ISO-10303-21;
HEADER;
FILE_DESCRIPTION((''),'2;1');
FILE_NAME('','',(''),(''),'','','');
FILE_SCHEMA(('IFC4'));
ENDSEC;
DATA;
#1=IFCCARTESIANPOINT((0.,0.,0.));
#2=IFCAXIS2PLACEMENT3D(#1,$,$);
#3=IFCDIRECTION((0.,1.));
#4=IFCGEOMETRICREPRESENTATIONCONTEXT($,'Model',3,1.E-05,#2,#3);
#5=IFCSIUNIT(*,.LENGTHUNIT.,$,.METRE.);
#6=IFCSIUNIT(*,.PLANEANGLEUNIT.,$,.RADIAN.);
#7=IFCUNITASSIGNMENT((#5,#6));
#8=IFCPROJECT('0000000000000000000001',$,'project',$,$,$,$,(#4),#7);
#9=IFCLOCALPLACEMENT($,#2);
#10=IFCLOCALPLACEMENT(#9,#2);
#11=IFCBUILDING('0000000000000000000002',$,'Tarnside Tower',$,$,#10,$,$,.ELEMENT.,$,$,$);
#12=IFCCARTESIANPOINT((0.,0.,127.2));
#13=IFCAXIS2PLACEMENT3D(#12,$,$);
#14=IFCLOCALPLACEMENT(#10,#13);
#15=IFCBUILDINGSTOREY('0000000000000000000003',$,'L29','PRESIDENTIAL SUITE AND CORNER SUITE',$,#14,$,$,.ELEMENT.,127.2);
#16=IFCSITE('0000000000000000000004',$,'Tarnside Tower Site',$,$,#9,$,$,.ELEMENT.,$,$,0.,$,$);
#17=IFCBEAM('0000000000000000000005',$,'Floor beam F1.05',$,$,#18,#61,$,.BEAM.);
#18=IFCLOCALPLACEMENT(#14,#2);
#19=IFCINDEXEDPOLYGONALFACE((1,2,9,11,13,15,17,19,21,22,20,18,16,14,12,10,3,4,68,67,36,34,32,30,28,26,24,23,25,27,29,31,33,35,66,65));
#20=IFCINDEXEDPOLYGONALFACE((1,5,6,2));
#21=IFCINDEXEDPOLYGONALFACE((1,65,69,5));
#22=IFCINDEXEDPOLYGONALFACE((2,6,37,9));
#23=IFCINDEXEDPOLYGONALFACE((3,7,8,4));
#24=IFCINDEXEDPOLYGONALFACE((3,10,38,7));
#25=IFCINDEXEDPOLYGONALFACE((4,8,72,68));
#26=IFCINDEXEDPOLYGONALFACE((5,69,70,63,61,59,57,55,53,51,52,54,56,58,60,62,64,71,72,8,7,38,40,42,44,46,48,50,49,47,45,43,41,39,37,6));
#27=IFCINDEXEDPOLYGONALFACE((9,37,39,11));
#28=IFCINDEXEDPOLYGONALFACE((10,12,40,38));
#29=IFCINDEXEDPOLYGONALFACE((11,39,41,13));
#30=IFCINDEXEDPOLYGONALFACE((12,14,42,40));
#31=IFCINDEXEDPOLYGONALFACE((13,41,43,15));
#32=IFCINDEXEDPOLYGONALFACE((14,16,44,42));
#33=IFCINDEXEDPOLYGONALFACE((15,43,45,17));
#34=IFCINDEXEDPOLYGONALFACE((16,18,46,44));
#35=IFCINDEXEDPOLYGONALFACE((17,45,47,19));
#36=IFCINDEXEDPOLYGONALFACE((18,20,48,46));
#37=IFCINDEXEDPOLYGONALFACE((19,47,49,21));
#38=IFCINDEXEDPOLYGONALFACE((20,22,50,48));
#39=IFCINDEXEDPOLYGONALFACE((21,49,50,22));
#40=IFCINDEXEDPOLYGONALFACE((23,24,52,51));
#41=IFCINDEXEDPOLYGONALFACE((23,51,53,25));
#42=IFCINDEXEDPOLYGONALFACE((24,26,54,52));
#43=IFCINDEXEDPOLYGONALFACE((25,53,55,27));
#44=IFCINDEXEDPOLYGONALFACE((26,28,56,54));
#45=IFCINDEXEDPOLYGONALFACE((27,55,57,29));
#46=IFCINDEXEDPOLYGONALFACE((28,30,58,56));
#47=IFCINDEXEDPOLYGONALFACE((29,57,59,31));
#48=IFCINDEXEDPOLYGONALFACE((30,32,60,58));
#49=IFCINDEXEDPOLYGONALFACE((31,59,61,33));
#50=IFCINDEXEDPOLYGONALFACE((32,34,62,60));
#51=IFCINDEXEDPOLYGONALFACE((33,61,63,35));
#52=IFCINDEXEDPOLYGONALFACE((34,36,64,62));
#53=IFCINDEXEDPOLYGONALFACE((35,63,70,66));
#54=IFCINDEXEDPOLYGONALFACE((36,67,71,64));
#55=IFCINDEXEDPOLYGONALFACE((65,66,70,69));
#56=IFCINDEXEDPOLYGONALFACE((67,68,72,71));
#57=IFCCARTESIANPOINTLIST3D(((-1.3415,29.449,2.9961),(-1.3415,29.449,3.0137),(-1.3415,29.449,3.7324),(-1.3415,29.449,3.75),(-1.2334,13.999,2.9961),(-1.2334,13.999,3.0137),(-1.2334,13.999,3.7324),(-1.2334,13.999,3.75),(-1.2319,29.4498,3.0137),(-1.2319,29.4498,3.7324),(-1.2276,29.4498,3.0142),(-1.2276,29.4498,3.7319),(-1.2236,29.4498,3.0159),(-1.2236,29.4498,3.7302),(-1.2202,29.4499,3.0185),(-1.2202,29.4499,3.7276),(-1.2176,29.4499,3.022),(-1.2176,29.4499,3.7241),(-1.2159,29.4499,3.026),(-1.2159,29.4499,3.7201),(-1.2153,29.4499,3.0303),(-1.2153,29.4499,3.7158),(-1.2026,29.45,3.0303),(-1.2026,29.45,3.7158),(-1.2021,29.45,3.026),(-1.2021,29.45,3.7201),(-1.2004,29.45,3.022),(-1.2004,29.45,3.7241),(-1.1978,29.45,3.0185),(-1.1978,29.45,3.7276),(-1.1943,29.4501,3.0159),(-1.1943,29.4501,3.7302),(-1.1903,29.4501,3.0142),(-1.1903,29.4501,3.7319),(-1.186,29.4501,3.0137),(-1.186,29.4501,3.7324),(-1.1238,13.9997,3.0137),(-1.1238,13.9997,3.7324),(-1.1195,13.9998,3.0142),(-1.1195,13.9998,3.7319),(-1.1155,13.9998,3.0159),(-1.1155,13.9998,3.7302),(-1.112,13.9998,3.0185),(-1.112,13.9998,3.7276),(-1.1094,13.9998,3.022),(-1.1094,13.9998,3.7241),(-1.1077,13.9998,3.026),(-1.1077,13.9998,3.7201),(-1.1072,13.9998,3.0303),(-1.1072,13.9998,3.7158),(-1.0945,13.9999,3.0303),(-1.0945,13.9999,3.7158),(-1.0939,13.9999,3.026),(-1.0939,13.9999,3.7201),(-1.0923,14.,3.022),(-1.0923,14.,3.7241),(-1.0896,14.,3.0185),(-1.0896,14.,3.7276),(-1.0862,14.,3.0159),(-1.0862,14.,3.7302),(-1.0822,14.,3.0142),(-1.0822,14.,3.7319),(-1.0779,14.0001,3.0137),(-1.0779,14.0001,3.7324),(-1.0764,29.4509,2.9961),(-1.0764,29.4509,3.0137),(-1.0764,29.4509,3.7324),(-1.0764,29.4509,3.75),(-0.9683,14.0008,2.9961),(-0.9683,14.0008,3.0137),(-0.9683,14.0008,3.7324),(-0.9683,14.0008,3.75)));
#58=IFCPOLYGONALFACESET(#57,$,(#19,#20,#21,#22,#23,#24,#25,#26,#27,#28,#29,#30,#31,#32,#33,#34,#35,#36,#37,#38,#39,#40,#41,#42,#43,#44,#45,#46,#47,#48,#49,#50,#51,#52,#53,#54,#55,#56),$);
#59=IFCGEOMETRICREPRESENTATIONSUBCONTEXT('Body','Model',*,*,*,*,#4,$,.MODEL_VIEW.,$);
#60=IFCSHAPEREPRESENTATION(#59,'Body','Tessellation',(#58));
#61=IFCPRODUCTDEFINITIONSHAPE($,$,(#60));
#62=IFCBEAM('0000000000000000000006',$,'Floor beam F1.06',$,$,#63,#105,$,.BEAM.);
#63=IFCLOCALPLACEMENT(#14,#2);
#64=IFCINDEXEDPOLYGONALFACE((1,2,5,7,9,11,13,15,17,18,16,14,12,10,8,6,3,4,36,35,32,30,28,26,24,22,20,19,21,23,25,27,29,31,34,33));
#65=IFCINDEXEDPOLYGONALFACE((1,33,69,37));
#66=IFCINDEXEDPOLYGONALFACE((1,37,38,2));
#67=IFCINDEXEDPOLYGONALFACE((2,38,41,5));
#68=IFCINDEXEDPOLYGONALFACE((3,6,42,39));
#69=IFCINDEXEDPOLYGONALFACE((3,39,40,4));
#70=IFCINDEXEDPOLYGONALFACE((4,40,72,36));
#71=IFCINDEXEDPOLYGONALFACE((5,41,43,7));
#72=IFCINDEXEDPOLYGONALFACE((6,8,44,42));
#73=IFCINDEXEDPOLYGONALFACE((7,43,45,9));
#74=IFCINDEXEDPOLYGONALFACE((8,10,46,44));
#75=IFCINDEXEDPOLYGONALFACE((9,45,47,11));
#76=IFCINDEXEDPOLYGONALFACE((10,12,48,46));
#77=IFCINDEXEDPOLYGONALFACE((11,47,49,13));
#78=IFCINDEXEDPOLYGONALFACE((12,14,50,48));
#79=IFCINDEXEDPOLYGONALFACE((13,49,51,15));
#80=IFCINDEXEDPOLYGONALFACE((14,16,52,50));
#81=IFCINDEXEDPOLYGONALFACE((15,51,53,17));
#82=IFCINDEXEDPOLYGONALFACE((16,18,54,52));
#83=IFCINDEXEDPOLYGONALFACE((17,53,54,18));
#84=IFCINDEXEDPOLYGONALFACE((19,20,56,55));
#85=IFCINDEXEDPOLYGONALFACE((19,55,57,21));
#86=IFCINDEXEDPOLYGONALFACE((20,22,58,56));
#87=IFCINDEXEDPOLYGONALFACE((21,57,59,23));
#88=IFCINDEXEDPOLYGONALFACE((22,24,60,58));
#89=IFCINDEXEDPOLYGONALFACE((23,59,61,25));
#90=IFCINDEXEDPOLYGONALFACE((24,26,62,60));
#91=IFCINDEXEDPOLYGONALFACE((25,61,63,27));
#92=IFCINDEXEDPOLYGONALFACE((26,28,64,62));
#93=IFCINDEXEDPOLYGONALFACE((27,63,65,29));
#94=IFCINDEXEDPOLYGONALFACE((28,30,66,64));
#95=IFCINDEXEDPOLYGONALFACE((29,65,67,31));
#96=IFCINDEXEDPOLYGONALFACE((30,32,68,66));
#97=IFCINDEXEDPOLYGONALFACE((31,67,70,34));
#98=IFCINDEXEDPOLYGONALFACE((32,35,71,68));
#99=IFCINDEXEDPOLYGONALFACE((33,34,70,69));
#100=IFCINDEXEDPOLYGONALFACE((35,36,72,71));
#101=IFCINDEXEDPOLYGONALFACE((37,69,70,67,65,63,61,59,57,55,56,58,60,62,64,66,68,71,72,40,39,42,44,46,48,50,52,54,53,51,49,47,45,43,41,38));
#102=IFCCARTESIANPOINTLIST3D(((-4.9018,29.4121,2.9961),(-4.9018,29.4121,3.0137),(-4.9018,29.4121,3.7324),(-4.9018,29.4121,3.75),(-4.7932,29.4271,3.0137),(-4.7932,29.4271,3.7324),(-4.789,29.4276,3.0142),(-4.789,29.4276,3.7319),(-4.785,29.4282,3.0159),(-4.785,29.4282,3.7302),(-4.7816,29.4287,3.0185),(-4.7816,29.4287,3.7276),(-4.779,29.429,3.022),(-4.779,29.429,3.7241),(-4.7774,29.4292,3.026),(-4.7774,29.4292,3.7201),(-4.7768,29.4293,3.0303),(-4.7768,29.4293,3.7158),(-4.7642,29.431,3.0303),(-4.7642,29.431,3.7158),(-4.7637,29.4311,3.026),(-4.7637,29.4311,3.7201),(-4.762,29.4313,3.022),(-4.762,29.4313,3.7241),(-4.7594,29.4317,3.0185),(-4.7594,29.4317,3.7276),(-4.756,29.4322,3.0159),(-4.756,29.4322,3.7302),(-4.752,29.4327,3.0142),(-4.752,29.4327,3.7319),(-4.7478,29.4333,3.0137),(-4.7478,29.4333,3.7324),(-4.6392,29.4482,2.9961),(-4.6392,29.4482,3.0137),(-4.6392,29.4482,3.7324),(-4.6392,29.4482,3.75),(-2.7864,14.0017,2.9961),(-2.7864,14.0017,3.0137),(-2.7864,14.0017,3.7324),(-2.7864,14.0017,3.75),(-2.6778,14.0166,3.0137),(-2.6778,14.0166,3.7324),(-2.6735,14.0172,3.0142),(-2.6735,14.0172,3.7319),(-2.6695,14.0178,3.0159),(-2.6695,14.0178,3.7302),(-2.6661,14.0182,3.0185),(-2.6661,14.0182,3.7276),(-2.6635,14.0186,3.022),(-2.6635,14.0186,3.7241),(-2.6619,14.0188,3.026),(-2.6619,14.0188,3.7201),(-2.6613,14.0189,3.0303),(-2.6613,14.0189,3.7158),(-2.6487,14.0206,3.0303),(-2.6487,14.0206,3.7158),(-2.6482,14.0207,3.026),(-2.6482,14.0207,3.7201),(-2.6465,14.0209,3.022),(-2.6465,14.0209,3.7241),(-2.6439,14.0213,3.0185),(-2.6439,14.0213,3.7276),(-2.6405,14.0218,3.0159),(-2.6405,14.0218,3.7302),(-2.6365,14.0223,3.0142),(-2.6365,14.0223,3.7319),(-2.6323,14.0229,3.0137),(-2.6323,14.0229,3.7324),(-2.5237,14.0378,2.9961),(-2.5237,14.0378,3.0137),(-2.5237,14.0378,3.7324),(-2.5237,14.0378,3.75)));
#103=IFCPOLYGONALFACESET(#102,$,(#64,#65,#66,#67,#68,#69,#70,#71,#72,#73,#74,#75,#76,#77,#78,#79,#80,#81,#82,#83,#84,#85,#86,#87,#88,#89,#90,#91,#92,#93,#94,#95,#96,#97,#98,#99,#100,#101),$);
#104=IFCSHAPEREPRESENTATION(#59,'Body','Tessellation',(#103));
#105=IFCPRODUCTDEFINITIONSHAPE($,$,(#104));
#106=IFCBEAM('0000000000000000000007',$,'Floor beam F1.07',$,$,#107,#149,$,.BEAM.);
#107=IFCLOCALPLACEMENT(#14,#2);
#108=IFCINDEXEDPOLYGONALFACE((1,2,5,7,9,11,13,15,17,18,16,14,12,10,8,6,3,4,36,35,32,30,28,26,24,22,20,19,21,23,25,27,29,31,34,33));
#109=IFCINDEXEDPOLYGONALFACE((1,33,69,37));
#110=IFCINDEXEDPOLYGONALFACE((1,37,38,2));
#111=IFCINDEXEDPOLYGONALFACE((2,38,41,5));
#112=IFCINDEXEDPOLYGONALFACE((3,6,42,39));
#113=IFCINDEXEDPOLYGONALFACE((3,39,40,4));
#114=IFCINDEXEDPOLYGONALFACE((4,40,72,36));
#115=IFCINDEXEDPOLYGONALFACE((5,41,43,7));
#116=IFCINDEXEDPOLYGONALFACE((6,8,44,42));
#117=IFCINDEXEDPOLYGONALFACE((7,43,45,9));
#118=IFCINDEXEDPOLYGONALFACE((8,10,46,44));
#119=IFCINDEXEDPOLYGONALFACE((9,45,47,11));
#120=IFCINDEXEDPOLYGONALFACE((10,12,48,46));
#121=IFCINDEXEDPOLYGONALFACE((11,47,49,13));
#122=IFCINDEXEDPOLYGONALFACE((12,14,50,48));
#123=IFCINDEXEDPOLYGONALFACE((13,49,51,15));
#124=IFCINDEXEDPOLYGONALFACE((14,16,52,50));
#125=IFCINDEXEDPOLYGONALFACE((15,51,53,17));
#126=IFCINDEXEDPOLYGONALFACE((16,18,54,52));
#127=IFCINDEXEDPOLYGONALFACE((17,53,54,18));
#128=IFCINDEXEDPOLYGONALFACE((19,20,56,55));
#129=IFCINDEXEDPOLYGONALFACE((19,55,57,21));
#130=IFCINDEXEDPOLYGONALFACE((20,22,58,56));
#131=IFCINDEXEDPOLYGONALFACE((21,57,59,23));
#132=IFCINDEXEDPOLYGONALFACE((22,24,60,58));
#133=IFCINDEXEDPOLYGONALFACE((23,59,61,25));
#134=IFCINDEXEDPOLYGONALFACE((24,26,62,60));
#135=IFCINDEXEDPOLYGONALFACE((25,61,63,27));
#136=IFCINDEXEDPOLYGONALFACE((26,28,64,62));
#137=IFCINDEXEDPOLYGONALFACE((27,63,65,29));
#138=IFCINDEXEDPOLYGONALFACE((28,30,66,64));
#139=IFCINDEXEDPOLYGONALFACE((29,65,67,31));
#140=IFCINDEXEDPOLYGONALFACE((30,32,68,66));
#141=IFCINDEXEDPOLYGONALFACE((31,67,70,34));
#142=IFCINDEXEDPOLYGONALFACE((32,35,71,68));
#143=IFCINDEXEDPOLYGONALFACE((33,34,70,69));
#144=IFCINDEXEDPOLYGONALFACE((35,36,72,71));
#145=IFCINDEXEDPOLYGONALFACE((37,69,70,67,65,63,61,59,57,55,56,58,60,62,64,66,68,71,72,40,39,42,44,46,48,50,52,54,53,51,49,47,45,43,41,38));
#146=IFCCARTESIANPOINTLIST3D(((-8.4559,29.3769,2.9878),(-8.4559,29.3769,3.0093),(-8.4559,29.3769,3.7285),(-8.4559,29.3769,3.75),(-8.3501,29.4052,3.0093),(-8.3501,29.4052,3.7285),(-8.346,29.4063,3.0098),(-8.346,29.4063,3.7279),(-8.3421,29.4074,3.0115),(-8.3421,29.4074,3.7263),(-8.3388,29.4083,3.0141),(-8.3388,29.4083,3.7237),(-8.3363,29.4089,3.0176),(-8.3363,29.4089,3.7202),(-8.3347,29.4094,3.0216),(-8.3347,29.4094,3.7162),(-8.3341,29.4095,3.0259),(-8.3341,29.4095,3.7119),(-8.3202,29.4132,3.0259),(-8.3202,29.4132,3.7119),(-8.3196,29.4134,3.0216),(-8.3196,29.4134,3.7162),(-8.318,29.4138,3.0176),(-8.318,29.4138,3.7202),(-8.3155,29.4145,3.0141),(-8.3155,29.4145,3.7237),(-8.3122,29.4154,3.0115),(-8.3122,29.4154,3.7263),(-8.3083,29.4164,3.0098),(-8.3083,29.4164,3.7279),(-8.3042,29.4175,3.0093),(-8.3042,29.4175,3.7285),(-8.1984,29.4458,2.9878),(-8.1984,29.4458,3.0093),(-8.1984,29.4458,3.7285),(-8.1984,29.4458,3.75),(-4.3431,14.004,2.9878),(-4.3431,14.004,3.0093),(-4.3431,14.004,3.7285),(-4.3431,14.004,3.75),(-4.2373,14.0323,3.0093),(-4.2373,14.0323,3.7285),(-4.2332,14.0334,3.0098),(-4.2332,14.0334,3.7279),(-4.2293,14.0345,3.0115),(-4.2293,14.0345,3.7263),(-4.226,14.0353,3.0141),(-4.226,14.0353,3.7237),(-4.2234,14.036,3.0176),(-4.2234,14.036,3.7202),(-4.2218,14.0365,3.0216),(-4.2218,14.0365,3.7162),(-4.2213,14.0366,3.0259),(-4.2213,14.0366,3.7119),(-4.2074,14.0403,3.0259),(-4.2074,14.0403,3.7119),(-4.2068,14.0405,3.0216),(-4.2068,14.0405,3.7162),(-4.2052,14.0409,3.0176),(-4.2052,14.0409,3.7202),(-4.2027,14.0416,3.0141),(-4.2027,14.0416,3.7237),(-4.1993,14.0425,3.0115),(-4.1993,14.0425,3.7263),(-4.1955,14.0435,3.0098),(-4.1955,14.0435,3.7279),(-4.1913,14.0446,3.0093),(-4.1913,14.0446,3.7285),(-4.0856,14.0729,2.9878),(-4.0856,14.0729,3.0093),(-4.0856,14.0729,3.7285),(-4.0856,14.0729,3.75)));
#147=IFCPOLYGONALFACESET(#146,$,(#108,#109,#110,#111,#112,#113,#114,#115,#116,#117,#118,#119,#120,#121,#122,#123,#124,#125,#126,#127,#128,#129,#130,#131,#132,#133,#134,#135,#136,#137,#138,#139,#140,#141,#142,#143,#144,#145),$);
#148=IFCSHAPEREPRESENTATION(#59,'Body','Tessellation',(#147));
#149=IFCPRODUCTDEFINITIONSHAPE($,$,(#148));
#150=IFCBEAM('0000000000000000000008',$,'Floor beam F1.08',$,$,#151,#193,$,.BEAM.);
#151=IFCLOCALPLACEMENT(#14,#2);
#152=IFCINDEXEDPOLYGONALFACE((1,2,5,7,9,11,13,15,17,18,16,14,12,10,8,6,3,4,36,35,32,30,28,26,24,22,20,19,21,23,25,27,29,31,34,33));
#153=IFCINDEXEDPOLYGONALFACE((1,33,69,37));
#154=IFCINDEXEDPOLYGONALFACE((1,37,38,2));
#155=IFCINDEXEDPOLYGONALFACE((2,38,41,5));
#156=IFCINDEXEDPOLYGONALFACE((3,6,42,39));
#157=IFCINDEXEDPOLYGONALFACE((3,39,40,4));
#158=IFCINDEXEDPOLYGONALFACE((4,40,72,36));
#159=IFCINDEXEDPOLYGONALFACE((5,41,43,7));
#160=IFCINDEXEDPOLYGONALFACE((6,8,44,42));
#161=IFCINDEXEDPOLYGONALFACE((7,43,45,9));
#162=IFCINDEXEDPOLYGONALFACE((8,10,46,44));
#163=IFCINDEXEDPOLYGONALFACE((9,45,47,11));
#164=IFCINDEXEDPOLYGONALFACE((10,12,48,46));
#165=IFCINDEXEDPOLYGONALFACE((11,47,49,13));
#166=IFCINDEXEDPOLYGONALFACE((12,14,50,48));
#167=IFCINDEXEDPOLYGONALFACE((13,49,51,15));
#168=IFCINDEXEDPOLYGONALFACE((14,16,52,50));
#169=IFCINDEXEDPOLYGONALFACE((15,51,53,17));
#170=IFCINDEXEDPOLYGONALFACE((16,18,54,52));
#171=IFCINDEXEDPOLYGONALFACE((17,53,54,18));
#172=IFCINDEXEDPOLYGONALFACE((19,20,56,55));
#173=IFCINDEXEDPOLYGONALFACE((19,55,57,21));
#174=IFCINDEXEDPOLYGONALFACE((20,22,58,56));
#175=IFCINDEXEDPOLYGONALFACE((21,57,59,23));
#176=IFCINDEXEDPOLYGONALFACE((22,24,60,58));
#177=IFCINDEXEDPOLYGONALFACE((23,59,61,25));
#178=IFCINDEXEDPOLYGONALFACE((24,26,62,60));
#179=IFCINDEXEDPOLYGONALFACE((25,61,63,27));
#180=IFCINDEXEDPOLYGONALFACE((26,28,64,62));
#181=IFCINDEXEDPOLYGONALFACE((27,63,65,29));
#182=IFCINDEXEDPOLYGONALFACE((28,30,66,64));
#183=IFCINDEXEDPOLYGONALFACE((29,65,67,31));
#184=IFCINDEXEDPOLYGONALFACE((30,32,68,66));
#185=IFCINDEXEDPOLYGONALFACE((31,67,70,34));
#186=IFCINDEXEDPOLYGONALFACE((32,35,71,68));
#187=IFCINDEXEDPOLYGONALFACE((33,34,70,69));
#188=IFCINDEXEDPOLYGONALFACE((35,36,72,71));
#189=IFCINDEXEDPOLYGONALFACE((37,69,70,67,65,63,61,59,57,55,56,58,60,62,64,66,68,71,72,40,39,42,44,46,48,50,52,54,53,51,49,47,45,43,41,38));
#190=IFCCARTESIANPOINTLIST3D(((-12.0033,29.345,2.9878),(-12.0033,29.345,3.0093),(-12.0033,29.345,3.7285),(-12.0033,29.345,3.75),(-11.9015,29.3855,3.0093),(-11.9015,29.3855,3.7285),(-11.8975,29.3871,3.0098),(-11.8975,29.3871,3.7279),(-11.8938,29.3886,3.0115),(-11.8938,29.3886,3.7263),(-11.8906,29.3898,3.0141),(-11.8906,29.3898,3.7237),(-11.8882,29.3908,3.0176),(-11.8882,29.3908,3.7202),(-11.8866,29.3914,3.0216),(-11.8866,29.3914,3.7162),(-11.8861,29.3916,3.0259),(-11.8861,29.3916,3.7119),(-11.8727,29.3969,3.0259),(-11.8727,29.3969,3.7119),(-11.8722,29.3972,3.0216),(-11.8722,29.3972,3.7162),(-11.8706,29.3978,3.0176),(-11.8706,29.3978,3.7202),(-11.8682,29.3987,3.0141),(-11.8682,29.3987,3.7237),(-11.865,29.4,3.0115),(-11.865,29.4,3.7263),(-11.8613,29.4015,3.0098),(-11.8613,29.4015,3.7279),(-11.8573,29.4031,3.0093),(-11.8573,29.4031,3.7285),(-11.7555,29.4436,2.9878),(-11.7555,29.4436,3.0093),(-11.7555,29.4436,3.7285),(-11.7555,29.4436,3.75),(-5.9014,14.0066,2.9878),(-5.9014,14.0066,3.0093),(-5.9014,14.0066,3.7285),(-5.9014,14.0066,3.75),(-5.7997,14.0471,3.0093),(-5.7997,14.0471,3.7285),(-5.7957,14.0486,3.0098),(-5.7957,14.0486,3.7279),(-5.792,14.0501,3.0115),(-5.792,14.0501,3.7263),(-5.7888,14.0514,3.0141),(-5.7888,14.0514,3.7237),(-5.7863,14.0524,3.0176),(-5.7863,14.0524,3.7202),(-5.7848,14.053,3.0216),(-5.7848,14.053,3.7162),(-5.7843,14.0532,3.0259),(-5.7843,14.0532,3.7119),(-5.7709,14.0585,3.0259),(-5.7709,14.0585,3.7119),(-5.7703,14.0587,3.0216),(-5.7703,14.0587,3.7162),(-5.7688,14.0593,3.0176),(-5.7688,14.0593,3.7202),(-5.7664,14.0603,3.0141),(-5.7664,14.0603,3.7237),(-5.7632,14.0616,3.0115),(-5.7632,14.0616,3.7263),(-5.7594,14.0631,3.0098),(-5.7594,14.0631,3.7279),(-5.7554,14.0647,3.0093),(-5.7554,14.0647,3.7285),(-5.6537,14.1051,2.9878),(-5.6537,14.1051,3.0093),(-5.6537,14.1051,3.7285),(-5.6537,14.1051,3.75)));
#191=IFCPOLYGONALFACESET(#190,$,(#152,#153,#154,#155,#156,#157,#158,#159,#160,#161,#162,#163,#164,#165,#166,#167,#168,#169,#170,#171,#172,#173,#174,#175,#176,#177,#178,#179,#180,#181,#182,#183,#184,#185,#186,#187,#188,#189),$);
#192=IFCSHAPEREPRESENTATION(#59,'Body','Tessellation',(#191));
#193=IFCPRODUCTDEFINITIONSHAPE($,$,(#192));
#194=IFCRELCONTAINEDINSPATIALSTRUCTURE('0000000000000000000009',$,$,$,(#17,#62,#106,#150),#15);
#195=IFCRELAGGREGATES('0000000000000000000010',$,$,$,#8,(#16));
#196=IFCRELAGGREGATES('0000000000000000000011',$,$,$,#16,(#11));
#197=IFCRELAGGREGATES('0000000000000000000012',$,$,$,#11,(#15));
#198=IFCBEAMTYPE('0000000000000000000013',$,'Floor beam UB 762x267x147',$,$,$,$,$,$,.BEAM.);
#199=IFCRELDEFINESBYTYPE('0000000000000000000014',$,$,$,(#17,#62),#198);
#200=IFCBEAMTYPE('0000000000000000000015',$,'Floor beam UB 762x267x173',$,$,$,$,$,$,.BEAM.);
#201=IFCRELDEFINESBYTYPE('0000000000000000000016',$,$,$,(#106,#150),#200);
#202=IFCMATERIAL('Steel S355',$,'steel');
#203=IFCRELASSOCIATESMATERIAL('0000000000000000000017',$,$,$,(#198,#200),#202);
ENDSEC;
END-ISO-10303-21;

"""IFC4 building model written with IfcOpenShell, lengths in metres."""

from ifc_helpers import new_model, si_unit, direction, frame, origin, origin_2d, place, context, subcontext, project, spatial, i_section, extrude, material, material_profile, profile_set, type_object, element, save


model = new_model("IFC4")

# Units and contexts
model_context = context("Model", 3, precision=1e-05, world=origin(), true_north=direction((0.0, 1.0)))
body_context = subcontext(model_context, "Body", "Model", "MODEL_VIEW")
ifc_project = project(units=[si_unit("LENGTHUNIT", "METRE"), si_unit("PLANEANGLEUNIT", "RADIAN")], contexts=[model_context])

# Site, building, storey
site_placement = place(None, origin())
site = spatial("IfcSite", under=ifc_project, at=site_placement, Name="Tarnside Tower Site", CompositionType="ELEMENT", RefElevation=0.0)
building_placement = place(site_placement, origin())
building = spatial("IfcBuilding", under=site, at=building_placement, Name="Tarnside Tower", CompositionType="ELEMENT")
storey_placement = place(building_placement, frame((0.0, 0.0, 127.2)))
storey = spatial("IfcBuildingStorey", under=building, at=storey_placement, Name="L29", Description="PRESIDENTIAL SUITE AND CORNER SUITE", CompositionType="ELEMENT", Elevation=127.2)

# Beams
ifc_material_1 = material(Name="Steel S355", Category="steel")
ifc_material_profile_1 = material_profile(ifc_material_1, i_section(OverallWidth=0.2651, OverallDepth=0.7539, WebThickness=0.0127, FlangeThickness=0.0176, FilletRadius=0.0166, at=origin_2d()), Name="UB 762x267x147")
ifc_profile_set_1 = profile_set([ifc_material_profile_1], Name="Steel S355")
beam_type_1 = type_object("IfcBeamType", Name="Floor beam UB 762x267x147", PredefinedType="BEAM", material=ifc_profile_set_1)
beam_1_placement = place(storey_placement, frame((-1.209, 29.45, 3.373), z_axis=(0.007, -0.999975, 0.0), x_axis=(0.999975, 0.007, 0.0)))
element("IfcBeam", 1, at=beam_1_placement, inside=storey, type_object=beam_type_1, Name="Floor beam F1.05", PredefinedType="BEAM", context=body_context, shape_type="SweptSolid", body=[
    extrude(i_section(OverallWidth=0.2651, OverallDepth=0.7539, WebThickness=0.0127, FlangeThickness=0.0176, FilletRadius=0.0166, at=origin_2d()), origin(), (0.0, 0.0, 1.0), 15.4504),
])
beam_2_placement = place(storey_placement, frame((-4.7705, 29.4302, 3.373), z_axis=(0.136001, -0.990709, 0.0), x_axis=(0.990709, 0.136001, 0.0)))
element("IfcBeam", 2, at=beam_2_placement, inside=storey, type_object=beam_type_1, Name="Floor beam F1.06", PredefinedType="BEAM", context=body_context, shape_type="SweptSolid", body=[
    extrude(i_section(OverallWidth=0.2651, OverallDepth=0.7539, WebThickness=0.0127, FlangeThickness=0.0176, FilletRadius=0.0166, at=origin_2d()), origin(), (0.0, 0.0, 1.0), 15.5549),
])
ifc_material_profile_2 = material_profile(ifc_material_1, i_section(OverallWidth=0.2666, OverallDepth=0.7622, WebThickness=0.0144, FlangeThickness=0.0215, FilletRadius=0.0166, at=origin_2d()), Name="UB 762x267x173")
ifc_profile_set_2 = profile_set([ifc_material_profile_2], Name="Steel S355")
beam_type_2 = type_object("IfcBeamType", Name="Floor beam UB 762x267x173", PredefinedType="BEAM", material=ifc_profile_set_2)
beam_3_placement = place(storey_placement, frame((-8.3271, 29.4114, 3.3689), z_axis=(0.258447, -0.966025, 0.0), x_axis=(0.966025, 0.258447, 0.0)))
element("IfcBeam", 3, at=beam_3_placement, inside=storey, type_object=beam_type_2, Name="Floor beam F1.07", PredefinedType="BEAM", context=body_context, shape_type="SweptSolid", body=[
    extrude(i_section(OverallWidth=0.2666, OverallDepth=0.7622, WebThickness=0.0144, FlangeThickness=0.0215, FilletRadius=0.0166, at=origin_2d()), origin(), (0.0, 0.0, 1.0), 15.9136),
])
beam_4_placement = place(storey_placement, frame((-11.8794, 29.3943, 3.3689), z_axis=(0.369638, -0.929176, 0.0), x_axis=(0.929176, 0.369638, 0.0)))
element("IfcBeam", 4, at=beam_4_placement, inside=storey, type_object=beam_type_2, Name="Floor beam F1.08", PredefinedType="BEAM", context=body_context, shape_type="SweptSolid", body=[
    extrude(i_section(OverallWidth=0.2666, OverallDepth=0.7622, WebThickness=0.0144, FlangeThickness=0.0215, FilletRadius=0.0166, at=origin_2d()), origin(), (0.0, 0.0, 1.0), 16.5076),
])

save(model, "model.ifc")
